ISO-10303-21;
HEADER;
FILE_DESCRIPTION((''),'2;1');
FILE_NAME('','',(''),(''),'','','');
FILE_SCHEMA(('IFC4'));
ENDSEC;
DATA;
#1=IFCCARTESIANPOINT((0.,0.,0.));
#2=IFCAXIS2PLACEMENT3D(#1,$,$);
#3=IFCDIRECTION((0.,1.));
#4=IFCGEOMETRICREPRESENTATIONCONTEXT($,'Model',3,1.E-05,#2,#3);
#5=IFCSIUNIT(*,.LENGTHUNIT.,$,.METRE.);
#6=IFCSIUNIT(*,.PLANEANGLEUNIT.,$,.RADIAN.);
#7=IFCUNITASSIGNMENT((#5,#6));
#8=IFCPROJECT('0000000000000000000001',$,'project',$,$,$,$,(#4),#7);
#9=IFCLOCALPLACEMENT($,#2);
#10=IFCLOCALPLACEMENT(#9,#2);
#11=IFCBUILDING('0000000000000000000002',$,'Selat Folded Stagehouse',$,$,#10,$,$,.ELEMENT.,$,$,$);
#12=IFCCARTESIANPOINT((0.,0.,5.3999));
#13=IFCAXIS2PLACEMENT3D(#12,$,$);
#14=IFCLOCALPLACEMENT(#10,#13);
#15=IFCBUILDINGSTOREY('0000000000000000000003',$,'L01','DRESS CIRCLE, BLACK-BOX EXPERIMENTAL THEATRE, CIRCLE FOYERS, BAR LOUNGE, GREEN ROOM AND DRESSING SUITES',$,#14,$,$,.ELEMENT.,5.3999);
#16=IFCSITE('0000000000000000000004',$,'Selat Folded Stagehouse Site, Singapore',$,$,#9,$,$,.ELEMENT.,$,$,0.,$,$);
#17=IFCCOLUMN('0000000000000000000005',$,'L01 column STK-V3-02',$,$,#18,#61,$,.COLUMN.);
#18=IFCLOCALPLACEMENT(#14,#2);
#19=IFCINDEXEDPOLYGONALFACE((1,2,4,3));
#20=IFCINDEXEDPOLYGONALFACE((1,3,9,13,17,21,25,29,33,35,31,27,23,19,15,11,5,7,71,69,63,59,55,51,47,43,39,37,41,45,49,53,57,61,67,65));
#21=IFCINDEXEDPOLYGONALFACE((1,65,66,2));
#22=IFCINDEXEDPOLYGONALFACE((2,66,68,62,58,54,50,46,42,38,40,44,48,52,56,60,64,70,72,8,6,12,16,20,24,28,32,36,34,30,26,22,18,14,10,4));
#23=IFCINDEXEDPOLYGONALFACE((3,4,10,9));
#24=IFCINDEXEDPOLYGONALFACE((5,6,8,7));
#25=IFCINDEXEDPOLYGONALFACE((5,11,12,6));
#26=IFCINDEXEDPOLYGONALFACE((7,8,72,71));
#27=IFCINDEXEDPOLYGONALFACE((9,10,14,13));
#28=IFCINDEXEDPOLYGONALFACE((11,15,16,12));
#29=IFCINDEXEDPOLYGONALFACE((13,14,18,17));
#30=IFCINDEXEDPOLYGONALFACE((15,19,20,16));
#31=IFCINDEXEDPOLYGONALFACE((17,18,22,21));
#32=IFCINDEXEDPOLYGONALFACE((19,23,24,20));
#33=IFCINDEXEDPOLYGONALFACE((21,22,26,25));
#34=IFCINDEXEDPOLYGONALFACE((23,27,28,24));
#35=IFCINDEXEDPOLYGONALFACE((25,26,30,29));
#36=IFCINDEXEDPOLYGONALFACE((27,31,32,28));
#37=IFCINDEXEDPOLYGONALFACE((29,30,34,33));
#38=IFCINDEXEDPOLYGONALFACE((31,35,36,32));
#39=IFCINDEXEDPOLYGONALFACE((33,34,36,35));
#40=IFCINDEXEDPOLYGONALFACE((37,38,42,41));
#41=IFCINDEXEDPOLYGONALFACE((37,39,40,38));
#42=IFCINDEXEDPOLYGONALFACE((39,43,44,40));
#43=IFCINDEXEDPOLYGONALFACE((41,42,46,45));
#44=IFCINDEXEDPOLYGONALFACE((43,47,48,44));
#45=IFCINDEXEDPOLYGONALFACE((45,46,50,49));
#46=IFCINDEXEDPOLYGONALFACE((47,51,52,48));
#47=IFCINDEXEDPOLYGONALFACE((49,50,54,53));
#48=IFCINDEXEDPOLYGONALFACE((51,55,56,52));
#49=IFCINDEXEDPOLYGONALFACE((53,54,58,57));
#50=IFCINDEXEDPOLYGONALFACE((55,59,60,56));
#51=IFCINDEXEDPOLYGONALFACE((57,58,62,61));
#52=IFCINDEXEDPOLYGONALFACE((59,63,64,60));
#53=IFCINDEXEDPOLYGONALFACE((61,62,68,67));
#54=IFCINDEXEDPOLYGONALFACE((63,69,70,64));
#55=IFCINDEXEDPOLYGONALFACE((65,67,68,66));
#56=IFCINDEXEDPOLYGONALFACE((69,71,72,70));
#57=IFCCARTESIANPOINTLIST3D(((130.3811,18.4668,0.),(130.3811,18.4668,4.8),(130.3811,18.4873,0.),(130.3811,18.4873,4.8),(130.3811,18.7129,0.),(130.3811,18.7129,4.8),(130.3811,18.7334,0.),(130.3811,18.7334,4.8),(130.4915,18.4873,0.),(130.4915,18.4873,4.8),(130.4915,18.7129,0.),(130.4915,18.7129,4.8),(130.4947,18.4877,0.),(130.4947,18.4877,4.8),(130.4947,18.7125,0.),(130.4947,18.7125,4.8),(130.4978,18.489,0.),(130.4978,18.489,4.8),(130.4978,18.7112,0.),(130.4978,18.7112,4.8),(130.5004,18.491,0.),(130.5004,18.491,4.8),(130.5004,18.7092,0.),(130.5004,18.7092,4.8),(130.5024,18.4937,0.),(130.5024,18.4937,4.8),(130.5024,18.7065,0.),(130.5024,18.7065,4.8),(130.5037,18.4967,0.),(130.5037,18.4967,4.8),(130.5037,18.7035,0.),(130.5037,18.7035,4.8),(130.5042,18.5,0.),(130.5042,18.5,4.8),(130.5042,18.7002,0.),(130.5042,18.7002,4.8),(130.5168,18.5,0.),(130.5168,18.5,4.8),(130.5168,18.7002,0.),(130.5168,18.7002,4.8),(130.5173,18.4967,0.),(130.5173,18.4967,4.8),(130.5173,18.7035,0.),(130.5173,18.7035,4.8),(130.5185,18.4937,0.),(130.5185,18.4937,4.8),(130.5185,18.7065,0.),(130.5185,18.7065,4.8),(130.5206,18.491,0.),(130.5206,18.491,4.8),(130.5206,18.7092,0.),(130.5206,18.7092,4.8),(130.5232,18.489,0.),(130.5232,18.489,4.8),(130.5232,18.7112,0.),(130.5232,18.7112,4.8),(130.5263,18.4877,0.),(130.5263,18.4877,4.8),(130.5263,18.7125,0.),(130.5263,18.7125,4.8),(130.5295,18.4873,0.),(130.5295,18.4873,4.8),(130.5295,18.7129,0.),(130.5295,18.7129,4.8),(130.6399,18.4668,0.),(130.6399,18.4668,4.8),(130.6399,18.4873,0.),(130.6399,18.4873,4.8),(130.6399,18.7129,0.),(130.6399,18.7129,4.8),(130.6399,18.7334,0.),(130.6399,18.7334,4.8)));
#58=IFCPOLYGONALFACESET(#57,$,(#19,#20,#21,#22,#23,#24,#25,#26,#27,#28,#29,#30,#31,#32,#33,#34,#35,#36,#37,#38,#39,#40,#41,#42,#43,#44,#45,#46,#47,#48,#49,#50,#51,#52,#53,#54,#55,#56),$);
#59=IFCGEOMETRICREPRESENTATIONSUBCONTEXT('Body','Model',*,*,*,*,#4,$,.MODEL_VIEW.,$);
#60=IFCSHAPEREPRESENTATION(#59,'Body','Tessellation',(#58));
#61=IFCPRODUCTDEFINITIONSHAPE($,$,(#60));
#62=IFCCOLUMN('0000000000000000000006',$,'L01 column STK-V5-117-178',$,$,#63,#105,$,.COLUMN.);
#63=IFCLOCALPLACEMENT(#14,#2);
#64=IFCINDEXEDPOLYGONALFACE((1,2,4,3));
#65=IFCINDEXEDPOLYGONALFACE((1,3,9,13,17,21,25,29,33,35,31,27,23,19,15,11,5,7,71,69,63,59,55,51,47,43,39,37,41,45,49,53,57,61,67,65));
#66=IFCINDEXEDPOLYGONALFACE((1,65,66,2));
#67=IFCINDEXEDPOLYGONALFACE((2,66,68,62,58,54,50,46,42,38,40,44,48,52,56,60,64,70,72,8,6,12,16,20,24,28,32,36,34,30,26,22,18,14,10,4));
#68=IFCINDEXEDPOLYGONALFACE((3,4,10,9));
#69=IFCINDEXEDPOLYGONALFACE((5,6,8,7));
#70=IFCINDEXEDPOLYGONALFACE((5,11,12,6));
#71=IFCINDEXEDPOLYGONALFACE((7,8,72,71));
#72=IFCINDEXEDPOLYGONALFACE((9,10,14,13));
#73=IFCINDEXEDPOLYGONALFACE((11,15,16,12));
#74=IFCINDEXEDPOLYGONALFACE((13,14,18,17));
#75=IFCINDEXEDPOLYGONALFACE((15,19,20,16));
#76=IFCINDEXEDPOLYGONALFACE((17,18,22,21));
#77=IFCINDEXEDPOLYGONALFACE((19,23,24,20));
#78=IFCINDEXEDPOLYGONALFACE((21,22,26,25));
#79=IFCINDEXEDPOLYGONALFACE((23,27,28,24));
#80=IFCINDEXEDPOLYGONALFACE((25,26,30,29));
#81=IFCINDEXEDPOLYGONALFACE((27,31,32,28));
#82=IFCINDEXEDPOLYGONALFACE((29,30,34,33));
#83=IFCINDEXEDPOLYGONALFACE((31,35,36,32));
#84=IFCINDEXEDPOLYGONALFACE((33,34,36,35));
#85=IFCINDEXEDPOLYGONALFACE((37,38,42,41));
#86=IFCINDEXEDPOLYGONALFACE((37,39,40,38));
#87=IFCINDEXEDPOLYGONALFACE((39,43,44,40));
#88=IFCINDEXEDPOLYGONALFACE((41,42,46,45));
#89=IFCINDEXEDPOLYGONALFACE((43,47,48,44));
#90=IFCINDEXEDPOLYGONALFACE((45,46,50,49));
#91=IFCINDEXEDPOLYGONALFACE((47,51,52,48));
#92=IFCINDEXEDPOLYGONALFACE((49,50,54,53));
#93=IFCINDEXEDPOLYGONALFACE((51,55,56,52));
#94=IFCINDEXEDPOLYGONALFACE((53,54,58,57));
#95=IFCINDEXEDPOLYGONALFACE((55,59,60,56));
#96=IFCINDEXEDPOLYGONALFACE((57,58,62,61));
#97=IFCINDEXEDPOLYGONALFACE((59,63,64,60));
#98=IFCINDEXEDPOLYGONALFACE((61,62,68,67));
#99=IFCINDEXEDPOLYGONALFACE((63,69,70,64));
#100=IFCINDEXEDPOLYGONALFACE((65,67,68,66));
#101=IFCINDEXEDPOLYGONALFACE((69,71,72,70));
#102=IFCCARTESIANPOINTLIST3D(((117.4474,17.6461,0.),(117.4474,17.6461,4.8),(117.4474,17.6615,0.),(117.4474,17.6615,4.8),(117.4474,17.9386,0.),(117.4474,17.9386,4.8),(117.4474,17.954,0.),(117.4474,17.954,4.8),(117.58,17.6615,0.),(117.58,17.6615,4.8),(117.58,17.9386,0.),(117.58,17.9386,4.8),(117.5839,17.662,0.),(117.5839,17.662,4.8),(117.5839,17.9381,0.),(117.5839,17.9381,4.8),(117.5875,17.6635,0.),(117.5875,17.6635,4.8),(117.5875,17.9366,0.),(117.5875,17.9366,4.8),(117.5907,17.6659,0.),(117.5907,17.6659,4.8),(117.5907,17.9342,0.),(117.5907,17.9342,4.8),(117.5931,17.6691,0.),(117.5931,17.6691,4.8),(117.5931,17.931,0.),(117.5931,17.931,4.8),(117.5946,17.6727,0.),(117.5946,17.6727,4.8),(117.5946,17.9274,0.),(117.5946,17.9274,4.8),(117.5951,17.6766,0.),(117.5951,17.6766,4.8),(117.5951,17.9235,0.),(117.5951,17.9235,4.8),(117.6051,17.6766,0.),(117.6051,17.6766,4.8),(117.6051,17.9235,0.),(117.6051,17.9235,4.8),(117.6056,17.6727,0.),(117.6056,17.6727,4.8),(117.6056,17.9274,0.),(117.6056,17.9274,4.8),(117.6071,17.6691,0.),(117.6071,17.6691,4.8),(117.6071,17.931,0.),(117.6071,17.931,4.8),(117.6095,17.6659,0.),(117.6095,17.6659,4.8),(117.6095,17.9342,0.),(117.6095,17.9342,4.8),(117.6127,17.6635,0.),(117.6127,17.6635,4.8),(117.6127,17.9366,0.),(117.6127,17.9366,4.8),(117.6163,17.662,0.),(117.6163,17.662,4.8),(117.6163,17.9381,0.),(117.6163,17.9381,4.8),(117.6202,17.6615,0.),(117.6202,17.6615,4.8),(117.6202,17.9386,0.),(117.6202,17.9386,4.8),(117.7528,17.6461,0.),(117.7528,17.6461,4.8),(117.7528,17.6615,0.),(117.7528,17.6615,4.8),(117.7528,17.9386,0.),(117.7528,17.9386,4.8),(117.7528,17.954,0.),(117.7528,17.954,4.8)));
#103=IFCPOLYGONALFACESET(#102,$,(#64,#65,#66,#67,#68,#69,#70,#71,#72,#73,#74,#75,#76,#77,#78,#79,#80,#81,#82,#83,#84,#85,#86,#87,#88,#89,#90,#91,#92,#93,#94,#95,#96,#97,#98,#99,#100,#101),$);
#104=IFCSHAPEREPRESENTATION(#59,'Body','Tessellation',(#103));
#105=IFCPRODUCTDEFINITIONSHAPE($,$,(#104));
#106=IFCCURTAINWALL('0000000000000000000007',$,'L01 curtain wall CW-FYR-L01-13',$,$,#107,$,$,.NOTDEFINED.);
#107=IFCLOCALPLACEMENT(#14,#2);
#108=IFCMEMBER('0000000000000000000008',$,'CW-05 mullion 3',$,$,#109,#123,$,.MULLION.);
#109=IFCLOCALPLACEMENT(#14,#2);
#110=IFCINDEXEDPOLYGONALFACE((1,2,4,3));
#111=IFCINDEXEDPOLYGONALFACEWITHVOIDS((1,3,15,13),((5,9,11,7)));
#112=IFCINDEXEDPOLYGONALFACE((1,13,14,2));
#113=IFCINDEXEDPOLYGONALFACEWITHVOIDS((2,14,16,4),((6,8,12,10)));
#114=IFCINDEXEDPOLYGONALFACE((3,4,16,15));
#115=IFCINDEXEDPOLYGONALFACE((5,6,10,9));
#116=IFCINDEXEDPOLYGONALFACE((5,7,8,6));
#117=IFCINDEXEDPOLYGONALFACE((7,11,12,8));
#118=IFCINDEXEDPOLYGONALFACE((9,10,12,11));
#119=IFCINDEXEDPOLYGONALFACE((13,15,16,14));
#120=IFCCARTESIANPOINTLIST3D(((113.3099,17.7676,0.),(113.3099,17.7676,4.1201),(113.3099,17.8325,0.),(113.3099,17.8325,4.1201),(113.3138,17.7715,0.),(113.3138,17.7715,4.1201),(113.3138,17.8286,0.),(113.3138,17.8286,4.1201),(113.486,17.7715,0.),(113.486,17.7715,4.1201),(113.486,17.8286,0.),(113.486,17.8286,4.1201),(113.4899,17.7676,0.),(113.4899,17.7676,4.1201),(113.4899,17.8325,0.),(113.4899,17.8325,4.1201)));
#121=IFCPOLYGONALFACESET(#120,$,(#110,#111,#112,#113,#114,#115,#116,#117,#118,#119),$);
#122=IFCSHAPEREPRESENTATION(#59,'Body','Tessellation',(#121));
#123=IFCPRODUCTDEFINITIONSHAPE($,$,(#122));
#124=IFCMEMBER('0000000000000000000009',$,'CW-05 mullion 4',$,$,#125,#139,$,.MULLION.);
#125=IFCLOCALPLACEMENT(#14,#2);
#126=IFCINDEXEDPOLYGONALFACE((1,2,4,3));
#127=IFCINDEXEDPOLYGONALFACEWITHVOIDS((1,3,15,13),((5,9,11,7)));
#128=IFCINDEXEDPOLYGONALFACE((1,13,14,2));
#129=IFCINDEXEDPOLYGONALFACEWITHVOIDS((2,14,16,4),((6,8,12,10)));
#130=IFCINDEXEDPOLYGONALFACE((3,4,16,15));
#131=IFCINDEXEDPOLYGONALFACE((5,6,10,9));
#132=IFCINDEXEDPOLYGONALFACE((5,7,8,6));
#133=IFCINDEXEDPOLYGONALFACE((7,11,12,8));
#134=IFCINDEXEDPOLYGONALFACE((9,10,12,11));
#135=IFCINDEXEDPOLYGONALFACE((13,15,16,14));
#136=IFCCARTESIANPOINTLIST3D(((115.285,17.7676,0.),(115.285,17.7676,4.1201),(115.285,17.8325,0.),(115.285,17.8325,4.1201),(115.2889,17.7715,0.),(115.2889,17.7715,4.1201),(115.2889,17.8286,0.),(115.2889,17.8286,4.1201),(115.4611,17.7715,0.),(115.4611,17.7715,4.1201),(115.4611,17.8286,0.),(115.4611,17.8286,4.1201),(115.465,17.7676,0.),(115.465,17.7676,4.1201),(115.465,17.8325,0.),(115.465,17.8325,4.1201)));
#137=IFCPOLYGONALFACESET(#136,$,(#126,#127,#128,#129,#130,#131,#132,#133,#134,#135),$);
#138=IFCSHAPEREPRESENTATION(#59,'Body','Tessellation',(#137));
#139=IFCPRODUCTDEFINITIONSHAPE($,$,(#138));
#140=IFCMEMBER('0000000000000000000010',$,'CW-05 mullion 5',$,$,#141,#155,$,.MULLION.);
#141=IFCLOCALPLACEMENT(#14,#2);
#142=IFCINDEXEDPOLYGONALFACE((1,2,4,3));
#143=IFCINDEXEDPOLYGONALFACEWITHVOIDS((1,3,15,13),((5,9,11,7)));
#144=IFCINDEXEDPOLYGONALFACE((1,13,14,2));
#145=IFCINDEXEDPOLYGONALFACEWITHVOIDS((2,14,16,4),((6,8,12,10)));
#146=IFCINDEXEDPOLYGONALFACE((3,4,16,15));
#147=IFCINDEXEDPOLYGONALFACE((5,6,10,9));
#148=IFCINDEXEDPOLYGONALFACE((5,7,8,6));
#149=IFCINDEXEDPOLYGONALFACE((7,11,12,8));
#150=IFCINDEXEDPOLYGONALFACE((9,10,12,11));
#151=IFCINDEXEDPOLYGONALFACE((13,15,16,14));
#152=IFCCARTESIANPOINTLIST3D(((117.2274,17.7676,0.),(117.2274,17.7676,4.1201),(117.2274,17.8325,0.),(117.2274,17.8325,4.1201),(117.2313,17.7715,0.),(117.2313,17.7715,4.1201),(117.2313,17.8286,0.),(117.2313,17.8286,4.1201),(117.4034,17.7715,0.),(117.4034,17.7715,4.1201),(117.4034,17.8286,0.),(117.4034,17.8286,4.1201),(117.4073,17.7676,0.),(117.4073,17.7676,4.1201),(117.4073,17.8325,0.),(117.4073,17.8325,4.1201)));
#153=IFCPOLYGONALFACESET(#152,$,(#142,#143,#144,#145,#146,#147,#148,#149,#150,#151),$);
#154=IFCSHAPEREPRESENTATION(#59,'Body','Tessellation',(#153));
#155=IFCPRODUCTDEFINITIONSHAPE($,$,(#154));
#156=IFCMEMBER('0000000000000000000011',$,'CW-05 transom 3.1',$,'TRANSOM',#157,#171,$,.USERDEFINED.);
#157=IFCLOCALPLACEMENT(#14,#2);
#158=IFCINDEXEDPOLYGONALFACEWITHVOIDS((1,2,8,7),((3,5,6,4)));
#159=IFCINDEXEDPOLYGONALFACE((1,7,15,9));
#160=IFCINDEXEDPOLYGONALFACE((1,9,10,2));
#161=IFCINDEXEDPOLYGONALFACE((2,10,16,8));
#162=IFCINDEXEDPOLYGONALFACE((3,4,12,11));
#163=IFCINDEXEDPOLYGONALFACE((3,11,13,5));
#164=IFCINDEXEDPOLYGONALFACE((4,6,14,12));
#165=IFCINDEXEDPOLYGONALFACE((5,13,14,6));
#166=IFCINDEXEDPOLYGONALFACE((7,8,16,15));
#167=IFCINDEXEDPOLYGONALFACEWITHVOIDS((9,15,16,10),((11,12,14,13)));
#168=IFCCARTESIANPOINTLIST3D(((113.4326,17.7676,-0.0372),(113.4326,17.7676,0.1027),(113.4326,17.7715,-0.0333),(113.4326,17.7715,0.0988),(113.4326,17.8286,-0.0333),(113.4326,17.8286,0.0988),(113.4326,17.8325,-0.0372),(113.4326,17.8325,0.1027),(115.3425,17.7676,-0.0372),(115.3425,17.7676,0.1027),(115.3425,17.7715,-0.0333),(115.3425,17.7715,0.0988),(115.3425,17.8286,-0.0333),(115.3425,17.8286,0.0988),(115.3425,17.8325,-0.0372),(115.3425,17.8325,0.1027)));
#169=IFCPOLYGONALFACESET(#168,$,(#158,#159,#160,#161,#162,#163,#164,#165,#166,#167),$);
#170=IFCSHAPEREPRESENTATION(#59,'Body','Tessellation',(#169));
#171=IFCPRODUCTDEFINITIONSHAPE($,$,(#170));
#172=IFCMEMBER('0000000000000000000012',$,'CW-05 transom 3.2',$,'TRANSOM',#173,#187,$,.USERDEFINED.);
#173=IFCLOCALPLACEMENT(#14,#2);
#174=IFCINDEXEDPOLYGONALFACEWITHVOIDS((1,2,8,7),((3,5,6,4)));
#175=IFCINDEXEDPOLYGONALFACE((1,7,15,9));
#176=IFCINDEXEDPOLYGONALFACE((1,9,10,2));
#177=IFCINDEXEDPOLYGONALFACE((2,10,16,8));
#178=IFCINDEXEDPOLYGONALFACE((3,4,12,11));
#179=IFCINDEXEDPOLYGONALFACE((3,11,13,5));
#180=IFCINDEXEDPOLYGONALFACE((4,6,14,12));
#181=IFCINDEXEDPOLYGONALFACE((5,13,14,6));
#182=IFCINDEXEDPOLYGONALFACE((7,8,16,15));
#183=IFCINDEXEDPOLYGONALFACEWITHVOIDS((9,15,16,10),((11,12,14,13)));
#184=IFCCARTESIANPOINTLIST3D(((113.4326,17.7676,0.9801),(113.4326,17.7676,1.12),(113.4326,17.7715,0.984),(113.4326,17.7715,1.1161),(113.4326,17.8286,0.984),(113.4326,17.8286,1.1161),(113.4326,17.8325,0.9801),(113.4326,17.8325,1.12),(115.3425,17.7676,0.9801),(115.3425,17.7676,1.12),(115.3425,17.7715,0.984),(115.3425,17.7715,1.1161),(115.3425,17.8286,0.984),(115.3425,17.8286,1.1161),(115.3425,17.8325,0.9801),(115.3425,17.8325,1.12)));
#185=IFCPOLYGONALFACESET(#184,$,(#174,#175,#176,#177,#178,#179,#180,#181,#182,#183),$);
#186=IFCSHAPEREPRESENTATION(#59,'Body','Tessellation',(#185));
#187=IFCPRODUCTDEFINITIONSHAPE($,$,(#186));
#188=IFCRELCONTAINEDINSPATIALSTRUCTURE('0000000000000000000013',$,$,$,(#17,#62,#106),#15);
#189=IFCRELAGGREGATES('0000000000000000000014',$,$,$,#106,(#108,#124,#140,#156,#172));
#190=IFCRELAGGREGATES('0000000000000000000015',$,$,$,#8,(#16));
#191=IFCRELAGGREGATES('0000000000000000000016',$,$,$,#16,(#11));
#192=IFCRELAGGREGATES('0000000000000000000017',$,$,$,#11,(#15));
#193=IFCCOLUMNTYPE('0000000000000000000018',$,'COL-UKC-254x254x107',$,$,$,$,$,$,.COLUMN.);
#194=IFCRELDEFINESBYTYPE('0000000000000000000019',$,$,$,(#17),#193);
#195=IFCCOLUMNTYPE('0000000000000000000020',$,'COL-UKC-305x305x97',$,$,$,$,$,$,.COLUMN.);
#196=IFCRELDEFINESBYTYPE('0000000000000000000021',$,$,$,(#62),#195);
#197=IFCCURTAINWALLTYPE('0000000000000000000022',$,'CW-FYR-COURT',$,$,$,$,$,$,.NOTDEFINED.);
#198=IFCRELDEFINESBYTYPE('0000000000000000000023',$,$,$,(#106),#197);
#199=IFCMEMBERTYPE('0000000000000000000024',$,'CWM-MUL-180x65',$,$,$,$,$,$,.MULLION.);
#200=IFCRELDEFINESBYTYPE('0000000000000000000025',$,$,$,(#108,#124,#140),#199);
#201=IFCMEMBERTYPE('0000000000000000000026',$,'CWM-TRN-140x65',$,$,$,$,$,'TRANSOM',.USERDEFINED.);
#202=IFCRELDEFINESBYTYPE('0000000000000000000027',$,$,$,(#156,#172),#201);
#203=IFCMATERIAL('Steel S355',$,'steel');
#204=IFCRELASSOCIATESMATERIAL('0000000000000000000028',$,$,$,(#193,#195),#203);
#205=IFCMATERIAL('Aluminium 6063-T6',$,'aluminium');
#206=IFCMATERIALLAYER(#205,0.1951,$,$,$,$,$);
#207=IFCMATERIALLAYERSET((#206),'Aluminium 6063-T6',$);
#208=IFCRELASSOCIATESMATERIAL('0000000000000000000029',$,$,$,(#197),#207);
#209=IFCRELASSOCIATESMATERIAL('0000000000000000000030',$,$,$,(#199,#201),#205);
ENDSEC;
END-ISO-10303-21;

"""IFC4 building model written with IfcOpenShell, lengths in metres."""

from ifc_helpers import new_model, si_unit, direction, frame, origin, origin_2d, place, context, subcontext, project, spatial, hollow_rectangle, i_section, extrude, material, layer, layer_set, material_profile, profile_set, type_object, element, aggregate, save


model = new_model("IFC4")

# Units and contexts
model_context = context("Model", 3, precision=1e-05, world=origin(), true_north=direction((0.0, 1.0)))
body_context = subcontext(model_context, "Body", "Model", "MODEL_VIEW")
ifc_project = project(units=[si_unit("LENGTHUNIT", "METRE"), si_unit("PLANEANGLEUNIT", "RADIAN")], contexts=[model_context])

# Site, building, storey
site_placement = place(None, origin())
site = spatial("IfcSite", under=ifc_project, at=site_placement, Name="Selat Folded Stagehouse Site, Singapore", CompositionType="ELEMENT", RefElevation=0.0)
building_placement = place(site_placement, origin())
building = spatial("IfcBuilding", under=site, at=building_placement, Name="Selat Folded Stagehouse", CompositionType="ELEMENT")
storey_placement = place(building_placement, frame((0.0, 0.0, 5.3999)))
storey = spatial("IfcBuildingStorey", under=building, at=storey_placement, Name="L01", Description="DRESS CIRCLE, BLACK-BOX EXPERIMENTAL THEATRE, CIRCLE FOYERS, BAR LOUNGE, GREEN ROOM AND DRESSING SUITES", CompositionType="ELEMENT", Elevation=5.3999)

# Columns
ifc_material_1 = material(Name="Steel S355", Category="steel")
ifc_material_profile_1 = material_profile(ifc_material_1, i_section(OverallWidth=0.2588, OverallDepth=0.2666, WebThickness=0.0127, FlangeThickness=0.0205, FilletRadius=0.0127, at=origin_2d()), Name="UKC 254x254x107")
ifc_profile_set_1 = profile_set([ifc_material_profile_1], Name="Steel S355")
column_type_1 = type_object("IfcColumnType", Name="COL-UKC-254x254x107", PredefinedType="COLUMN", material=ifc_profile_set_1)
column_1_placement = place(storey_placement, frame((130.5105, 18.6001, 0.0), z_axis=(0.0, 0.0, 1.0), x_axis=(1.0, 0.0, 0.0)))
element("IfcColumn", 1, at=column_1_placement, inside=storey, type_object=column_type_1, Name="L01 column STK-V3-02", PredefinedType="COLUMN", context=body_context, shape_type="SweptSolid", body=[
    extrude(i_section(OverallWidth=0.2588, OverallDepth=0.2666, WebThickness=0.0127, FlangeThickness=0.0205, FilletRadius=0.0127, at=origin_2d()), origin(), (0.0, 0.0, 1.0), 4.8),
])
ifc_material_profile_2 = material_profile(ifc_material_1, i_section(OverallWidth=0.3054, OverallDepth=0.3079, WebThickness=0.01, FlangeThickness=0.0154, FilletRadius=0.0151, at=origin_2d()), Name="UKC 305x305x97")
ifc_profile_set_2 = profile_set([ifc_material_profile_2], Name="Steel S355")
column_type_2 = type_object("IfcColumnType", Name="COL-UKC-305x305x97", PredefinedType="COLUMN", material=ifc_profile_set_2)
column_2_placement = place(storey_placement, frame((117.6001, 17.8, 0.0), z_axis=(0.0, 0.0, 1.0), x_axis=(1.0, 0.0, 0.0)))
element("IfcColumn", 2, at=column_2_placement, inside=storey, type_object=column_type_2, Name="L01 column STK-V5-117-178", PredefinedType="COLUMN", context=body_context, shape_type="SweptSolid", body=[
    extrude(i_section(OverallWidth=0.3054, OverallDepth=0.3079, WebThickness=0.01, FlangeThickness=0.0154, FilletRadius=0.0151, at=origin_2d()), origin(), (0.0, 0.0, 1.0), 4.8),
])

# Curtain wall, members
ifc_material_2 = material(Name="Aluminium 6063-T6", Category="aluminium")
ifc_layer_1 = layer(ifc_material_2, 0.1951)
ifc_layer_set_1 = layer_set([ifc_layer_1], Name="Aluminium 6063-T6")
curtain_wall_type = type_object("IfcCurtainWallType", Name="CW-FYR-COURT", PredefinedType="NOTDEFINED", material=ifc_layer_set_1)
curtain_wall_placement = place(storey_placement, origin())
curtain_wall = element("IfcCurtainWall", 3, at=curtain_wall_placement, inside=storey, type_object=curtain_wall_type, Name="L01 curtain wall CW-FYR-L01-13", PredefinedType="NOTDEFINED")
ifc_material_profile_3 = material_profile(ifc_material_2, hollow_rectangle(XDim=0.0649, YDim=0.1799, WallThickness=0.0039, at=origin_2d()), Name="ALU 180x65x4.0")
ifc_profile_set_3 = profile_set([ifc_material_profile_3], Name="Aluminium 6063-T6")
member_type_1 = type_object("IfcMemberType", Name="CWM-MUL-180x65", PredefinedType="MULLION", material=ifc_profile_set_3)
member_1_placement = place(storey_placement, frame((113.3999, 17.8, 0.0), z_axis=(0.0, 0.0, 1.0), x_axis=(0.0, 1.0, 0.0)))
member_1 = element("IfcMember", 4, at=member_1_placement, type_object=member_type_1, Name="CW-05 mullion 3", PredefinedType="MULLION", context=body_context, shape_type="SweptSolid", body=[
    extrude(hollow_rectangle(XDim=0.0649, YDim=0.1799, WallThickness=0.0039, at=origin_2d()), origin(), (0.0, 0.0, 1.0), 4.1201),
])
member_2_placement = place(storey_placement, frame((115.375, 17.8, 0.0), z_axis=(0.0, 0.0, 1.0), x_axis=(0.0, 1.0, 0.0)))
member_2 = element("IfcMember", 5, at=member_2_placement, type_object=member_type_1, Name="CW-05 mullion 4", PredefinedType="MULLION", context=body_context, shape_type="SweptSolid", body=[
    extrude(hollow_rectangle(XDim=0.0649, YDim=0.1799, WallThickness=0.0039, at=origin_2d()), origin(), (0.0, 0.0, 1.0), 4.1201),
])
member_3_placement = place(storey_placement, frame((117.3174, 17.8, 0.0), z_axis=(0.0, 0.0, 1.0), x_axis=(0.0, 1.0, 0.0)))
member_3 = element("IfcMember", 6, at=member_3_placement, type_object=member_type_1, Name="CW-05 mullion 5", PredefinedType="MULLION", context=body_context, shape_type="SweptSolid", body=[
    extrude(hollow_rectangle(XDim=0.0649, YDim=0.1799, WallThickness=0.0039, at=origin_2d()), origin(), (0.0, 0.0, 1.0), 4.1201),
])
ifc_material_profile_4 = material_profile(ifc_material_2, hollow_rectangle(XDim=0.0649, YDim=0.1399, WallThickness=0.0039, at=origin_2d()), Name="ALU 140x65x4.0")
ifc_profile_set_4 = profile_set([ifc_material_profile_4], Name="Aluminium 6063-T6")
member_type_2 = type_object("IfcMemberType", Name="CWM-TRN-140x65", ElementType="TRANSOM", PredefinedType="USERDEFINED", material=ifc_profile_set_4)
member_4_placement = place(storey_placement, frame((113.4326, 17.8, 0.0327), z_axis=(1.0, 0.0, 0.0), x_axis=(0.0, 1.0, 0.0)))
member_4 = element("IfcMember", 7, at=member_4_placement, type_object=member_type_2, Name="CW-05 transom 3.1", ObjectType="TRANSOM", PredefinedType="USERDEFINED", context=body_context, shape_type="SweptSolid", body=[
    extrude(hollow_rectangle(XDim=0.0649, YDim=0.1399, WallThickness=0.0039, at=origin_2d()), origin(), (0.0, 0.0, 1.0), 1.9099),
])
member_5_placement = place(storey_placement, frame((113.4326, 17.8, 1.05), z_axis=(1.0, 0.0, 0.0), x_axis=(0.0, 1.0, 0.0)))
member_5 = element("IfcMember", 8, at=member_5_placement, type_object=member_type_2, Name="CW-05 transom 3.2", ObjectType="TRANSOM", PredefinedType="USERDEFINED", context=body_context, shape_type="SweptSolid", body=[
    extrude(hollow_rectangle(XDim=0.0649, YDim=0.1399, WallThickness=0.0039, at=origin_2d()), origin(), (0.0, 0.0, 1.0), 1.9099),
])
aggregate(curtain_wall, [member_1, member_2, member_3, member_4, member_5])

save(model, "model.ifc")
